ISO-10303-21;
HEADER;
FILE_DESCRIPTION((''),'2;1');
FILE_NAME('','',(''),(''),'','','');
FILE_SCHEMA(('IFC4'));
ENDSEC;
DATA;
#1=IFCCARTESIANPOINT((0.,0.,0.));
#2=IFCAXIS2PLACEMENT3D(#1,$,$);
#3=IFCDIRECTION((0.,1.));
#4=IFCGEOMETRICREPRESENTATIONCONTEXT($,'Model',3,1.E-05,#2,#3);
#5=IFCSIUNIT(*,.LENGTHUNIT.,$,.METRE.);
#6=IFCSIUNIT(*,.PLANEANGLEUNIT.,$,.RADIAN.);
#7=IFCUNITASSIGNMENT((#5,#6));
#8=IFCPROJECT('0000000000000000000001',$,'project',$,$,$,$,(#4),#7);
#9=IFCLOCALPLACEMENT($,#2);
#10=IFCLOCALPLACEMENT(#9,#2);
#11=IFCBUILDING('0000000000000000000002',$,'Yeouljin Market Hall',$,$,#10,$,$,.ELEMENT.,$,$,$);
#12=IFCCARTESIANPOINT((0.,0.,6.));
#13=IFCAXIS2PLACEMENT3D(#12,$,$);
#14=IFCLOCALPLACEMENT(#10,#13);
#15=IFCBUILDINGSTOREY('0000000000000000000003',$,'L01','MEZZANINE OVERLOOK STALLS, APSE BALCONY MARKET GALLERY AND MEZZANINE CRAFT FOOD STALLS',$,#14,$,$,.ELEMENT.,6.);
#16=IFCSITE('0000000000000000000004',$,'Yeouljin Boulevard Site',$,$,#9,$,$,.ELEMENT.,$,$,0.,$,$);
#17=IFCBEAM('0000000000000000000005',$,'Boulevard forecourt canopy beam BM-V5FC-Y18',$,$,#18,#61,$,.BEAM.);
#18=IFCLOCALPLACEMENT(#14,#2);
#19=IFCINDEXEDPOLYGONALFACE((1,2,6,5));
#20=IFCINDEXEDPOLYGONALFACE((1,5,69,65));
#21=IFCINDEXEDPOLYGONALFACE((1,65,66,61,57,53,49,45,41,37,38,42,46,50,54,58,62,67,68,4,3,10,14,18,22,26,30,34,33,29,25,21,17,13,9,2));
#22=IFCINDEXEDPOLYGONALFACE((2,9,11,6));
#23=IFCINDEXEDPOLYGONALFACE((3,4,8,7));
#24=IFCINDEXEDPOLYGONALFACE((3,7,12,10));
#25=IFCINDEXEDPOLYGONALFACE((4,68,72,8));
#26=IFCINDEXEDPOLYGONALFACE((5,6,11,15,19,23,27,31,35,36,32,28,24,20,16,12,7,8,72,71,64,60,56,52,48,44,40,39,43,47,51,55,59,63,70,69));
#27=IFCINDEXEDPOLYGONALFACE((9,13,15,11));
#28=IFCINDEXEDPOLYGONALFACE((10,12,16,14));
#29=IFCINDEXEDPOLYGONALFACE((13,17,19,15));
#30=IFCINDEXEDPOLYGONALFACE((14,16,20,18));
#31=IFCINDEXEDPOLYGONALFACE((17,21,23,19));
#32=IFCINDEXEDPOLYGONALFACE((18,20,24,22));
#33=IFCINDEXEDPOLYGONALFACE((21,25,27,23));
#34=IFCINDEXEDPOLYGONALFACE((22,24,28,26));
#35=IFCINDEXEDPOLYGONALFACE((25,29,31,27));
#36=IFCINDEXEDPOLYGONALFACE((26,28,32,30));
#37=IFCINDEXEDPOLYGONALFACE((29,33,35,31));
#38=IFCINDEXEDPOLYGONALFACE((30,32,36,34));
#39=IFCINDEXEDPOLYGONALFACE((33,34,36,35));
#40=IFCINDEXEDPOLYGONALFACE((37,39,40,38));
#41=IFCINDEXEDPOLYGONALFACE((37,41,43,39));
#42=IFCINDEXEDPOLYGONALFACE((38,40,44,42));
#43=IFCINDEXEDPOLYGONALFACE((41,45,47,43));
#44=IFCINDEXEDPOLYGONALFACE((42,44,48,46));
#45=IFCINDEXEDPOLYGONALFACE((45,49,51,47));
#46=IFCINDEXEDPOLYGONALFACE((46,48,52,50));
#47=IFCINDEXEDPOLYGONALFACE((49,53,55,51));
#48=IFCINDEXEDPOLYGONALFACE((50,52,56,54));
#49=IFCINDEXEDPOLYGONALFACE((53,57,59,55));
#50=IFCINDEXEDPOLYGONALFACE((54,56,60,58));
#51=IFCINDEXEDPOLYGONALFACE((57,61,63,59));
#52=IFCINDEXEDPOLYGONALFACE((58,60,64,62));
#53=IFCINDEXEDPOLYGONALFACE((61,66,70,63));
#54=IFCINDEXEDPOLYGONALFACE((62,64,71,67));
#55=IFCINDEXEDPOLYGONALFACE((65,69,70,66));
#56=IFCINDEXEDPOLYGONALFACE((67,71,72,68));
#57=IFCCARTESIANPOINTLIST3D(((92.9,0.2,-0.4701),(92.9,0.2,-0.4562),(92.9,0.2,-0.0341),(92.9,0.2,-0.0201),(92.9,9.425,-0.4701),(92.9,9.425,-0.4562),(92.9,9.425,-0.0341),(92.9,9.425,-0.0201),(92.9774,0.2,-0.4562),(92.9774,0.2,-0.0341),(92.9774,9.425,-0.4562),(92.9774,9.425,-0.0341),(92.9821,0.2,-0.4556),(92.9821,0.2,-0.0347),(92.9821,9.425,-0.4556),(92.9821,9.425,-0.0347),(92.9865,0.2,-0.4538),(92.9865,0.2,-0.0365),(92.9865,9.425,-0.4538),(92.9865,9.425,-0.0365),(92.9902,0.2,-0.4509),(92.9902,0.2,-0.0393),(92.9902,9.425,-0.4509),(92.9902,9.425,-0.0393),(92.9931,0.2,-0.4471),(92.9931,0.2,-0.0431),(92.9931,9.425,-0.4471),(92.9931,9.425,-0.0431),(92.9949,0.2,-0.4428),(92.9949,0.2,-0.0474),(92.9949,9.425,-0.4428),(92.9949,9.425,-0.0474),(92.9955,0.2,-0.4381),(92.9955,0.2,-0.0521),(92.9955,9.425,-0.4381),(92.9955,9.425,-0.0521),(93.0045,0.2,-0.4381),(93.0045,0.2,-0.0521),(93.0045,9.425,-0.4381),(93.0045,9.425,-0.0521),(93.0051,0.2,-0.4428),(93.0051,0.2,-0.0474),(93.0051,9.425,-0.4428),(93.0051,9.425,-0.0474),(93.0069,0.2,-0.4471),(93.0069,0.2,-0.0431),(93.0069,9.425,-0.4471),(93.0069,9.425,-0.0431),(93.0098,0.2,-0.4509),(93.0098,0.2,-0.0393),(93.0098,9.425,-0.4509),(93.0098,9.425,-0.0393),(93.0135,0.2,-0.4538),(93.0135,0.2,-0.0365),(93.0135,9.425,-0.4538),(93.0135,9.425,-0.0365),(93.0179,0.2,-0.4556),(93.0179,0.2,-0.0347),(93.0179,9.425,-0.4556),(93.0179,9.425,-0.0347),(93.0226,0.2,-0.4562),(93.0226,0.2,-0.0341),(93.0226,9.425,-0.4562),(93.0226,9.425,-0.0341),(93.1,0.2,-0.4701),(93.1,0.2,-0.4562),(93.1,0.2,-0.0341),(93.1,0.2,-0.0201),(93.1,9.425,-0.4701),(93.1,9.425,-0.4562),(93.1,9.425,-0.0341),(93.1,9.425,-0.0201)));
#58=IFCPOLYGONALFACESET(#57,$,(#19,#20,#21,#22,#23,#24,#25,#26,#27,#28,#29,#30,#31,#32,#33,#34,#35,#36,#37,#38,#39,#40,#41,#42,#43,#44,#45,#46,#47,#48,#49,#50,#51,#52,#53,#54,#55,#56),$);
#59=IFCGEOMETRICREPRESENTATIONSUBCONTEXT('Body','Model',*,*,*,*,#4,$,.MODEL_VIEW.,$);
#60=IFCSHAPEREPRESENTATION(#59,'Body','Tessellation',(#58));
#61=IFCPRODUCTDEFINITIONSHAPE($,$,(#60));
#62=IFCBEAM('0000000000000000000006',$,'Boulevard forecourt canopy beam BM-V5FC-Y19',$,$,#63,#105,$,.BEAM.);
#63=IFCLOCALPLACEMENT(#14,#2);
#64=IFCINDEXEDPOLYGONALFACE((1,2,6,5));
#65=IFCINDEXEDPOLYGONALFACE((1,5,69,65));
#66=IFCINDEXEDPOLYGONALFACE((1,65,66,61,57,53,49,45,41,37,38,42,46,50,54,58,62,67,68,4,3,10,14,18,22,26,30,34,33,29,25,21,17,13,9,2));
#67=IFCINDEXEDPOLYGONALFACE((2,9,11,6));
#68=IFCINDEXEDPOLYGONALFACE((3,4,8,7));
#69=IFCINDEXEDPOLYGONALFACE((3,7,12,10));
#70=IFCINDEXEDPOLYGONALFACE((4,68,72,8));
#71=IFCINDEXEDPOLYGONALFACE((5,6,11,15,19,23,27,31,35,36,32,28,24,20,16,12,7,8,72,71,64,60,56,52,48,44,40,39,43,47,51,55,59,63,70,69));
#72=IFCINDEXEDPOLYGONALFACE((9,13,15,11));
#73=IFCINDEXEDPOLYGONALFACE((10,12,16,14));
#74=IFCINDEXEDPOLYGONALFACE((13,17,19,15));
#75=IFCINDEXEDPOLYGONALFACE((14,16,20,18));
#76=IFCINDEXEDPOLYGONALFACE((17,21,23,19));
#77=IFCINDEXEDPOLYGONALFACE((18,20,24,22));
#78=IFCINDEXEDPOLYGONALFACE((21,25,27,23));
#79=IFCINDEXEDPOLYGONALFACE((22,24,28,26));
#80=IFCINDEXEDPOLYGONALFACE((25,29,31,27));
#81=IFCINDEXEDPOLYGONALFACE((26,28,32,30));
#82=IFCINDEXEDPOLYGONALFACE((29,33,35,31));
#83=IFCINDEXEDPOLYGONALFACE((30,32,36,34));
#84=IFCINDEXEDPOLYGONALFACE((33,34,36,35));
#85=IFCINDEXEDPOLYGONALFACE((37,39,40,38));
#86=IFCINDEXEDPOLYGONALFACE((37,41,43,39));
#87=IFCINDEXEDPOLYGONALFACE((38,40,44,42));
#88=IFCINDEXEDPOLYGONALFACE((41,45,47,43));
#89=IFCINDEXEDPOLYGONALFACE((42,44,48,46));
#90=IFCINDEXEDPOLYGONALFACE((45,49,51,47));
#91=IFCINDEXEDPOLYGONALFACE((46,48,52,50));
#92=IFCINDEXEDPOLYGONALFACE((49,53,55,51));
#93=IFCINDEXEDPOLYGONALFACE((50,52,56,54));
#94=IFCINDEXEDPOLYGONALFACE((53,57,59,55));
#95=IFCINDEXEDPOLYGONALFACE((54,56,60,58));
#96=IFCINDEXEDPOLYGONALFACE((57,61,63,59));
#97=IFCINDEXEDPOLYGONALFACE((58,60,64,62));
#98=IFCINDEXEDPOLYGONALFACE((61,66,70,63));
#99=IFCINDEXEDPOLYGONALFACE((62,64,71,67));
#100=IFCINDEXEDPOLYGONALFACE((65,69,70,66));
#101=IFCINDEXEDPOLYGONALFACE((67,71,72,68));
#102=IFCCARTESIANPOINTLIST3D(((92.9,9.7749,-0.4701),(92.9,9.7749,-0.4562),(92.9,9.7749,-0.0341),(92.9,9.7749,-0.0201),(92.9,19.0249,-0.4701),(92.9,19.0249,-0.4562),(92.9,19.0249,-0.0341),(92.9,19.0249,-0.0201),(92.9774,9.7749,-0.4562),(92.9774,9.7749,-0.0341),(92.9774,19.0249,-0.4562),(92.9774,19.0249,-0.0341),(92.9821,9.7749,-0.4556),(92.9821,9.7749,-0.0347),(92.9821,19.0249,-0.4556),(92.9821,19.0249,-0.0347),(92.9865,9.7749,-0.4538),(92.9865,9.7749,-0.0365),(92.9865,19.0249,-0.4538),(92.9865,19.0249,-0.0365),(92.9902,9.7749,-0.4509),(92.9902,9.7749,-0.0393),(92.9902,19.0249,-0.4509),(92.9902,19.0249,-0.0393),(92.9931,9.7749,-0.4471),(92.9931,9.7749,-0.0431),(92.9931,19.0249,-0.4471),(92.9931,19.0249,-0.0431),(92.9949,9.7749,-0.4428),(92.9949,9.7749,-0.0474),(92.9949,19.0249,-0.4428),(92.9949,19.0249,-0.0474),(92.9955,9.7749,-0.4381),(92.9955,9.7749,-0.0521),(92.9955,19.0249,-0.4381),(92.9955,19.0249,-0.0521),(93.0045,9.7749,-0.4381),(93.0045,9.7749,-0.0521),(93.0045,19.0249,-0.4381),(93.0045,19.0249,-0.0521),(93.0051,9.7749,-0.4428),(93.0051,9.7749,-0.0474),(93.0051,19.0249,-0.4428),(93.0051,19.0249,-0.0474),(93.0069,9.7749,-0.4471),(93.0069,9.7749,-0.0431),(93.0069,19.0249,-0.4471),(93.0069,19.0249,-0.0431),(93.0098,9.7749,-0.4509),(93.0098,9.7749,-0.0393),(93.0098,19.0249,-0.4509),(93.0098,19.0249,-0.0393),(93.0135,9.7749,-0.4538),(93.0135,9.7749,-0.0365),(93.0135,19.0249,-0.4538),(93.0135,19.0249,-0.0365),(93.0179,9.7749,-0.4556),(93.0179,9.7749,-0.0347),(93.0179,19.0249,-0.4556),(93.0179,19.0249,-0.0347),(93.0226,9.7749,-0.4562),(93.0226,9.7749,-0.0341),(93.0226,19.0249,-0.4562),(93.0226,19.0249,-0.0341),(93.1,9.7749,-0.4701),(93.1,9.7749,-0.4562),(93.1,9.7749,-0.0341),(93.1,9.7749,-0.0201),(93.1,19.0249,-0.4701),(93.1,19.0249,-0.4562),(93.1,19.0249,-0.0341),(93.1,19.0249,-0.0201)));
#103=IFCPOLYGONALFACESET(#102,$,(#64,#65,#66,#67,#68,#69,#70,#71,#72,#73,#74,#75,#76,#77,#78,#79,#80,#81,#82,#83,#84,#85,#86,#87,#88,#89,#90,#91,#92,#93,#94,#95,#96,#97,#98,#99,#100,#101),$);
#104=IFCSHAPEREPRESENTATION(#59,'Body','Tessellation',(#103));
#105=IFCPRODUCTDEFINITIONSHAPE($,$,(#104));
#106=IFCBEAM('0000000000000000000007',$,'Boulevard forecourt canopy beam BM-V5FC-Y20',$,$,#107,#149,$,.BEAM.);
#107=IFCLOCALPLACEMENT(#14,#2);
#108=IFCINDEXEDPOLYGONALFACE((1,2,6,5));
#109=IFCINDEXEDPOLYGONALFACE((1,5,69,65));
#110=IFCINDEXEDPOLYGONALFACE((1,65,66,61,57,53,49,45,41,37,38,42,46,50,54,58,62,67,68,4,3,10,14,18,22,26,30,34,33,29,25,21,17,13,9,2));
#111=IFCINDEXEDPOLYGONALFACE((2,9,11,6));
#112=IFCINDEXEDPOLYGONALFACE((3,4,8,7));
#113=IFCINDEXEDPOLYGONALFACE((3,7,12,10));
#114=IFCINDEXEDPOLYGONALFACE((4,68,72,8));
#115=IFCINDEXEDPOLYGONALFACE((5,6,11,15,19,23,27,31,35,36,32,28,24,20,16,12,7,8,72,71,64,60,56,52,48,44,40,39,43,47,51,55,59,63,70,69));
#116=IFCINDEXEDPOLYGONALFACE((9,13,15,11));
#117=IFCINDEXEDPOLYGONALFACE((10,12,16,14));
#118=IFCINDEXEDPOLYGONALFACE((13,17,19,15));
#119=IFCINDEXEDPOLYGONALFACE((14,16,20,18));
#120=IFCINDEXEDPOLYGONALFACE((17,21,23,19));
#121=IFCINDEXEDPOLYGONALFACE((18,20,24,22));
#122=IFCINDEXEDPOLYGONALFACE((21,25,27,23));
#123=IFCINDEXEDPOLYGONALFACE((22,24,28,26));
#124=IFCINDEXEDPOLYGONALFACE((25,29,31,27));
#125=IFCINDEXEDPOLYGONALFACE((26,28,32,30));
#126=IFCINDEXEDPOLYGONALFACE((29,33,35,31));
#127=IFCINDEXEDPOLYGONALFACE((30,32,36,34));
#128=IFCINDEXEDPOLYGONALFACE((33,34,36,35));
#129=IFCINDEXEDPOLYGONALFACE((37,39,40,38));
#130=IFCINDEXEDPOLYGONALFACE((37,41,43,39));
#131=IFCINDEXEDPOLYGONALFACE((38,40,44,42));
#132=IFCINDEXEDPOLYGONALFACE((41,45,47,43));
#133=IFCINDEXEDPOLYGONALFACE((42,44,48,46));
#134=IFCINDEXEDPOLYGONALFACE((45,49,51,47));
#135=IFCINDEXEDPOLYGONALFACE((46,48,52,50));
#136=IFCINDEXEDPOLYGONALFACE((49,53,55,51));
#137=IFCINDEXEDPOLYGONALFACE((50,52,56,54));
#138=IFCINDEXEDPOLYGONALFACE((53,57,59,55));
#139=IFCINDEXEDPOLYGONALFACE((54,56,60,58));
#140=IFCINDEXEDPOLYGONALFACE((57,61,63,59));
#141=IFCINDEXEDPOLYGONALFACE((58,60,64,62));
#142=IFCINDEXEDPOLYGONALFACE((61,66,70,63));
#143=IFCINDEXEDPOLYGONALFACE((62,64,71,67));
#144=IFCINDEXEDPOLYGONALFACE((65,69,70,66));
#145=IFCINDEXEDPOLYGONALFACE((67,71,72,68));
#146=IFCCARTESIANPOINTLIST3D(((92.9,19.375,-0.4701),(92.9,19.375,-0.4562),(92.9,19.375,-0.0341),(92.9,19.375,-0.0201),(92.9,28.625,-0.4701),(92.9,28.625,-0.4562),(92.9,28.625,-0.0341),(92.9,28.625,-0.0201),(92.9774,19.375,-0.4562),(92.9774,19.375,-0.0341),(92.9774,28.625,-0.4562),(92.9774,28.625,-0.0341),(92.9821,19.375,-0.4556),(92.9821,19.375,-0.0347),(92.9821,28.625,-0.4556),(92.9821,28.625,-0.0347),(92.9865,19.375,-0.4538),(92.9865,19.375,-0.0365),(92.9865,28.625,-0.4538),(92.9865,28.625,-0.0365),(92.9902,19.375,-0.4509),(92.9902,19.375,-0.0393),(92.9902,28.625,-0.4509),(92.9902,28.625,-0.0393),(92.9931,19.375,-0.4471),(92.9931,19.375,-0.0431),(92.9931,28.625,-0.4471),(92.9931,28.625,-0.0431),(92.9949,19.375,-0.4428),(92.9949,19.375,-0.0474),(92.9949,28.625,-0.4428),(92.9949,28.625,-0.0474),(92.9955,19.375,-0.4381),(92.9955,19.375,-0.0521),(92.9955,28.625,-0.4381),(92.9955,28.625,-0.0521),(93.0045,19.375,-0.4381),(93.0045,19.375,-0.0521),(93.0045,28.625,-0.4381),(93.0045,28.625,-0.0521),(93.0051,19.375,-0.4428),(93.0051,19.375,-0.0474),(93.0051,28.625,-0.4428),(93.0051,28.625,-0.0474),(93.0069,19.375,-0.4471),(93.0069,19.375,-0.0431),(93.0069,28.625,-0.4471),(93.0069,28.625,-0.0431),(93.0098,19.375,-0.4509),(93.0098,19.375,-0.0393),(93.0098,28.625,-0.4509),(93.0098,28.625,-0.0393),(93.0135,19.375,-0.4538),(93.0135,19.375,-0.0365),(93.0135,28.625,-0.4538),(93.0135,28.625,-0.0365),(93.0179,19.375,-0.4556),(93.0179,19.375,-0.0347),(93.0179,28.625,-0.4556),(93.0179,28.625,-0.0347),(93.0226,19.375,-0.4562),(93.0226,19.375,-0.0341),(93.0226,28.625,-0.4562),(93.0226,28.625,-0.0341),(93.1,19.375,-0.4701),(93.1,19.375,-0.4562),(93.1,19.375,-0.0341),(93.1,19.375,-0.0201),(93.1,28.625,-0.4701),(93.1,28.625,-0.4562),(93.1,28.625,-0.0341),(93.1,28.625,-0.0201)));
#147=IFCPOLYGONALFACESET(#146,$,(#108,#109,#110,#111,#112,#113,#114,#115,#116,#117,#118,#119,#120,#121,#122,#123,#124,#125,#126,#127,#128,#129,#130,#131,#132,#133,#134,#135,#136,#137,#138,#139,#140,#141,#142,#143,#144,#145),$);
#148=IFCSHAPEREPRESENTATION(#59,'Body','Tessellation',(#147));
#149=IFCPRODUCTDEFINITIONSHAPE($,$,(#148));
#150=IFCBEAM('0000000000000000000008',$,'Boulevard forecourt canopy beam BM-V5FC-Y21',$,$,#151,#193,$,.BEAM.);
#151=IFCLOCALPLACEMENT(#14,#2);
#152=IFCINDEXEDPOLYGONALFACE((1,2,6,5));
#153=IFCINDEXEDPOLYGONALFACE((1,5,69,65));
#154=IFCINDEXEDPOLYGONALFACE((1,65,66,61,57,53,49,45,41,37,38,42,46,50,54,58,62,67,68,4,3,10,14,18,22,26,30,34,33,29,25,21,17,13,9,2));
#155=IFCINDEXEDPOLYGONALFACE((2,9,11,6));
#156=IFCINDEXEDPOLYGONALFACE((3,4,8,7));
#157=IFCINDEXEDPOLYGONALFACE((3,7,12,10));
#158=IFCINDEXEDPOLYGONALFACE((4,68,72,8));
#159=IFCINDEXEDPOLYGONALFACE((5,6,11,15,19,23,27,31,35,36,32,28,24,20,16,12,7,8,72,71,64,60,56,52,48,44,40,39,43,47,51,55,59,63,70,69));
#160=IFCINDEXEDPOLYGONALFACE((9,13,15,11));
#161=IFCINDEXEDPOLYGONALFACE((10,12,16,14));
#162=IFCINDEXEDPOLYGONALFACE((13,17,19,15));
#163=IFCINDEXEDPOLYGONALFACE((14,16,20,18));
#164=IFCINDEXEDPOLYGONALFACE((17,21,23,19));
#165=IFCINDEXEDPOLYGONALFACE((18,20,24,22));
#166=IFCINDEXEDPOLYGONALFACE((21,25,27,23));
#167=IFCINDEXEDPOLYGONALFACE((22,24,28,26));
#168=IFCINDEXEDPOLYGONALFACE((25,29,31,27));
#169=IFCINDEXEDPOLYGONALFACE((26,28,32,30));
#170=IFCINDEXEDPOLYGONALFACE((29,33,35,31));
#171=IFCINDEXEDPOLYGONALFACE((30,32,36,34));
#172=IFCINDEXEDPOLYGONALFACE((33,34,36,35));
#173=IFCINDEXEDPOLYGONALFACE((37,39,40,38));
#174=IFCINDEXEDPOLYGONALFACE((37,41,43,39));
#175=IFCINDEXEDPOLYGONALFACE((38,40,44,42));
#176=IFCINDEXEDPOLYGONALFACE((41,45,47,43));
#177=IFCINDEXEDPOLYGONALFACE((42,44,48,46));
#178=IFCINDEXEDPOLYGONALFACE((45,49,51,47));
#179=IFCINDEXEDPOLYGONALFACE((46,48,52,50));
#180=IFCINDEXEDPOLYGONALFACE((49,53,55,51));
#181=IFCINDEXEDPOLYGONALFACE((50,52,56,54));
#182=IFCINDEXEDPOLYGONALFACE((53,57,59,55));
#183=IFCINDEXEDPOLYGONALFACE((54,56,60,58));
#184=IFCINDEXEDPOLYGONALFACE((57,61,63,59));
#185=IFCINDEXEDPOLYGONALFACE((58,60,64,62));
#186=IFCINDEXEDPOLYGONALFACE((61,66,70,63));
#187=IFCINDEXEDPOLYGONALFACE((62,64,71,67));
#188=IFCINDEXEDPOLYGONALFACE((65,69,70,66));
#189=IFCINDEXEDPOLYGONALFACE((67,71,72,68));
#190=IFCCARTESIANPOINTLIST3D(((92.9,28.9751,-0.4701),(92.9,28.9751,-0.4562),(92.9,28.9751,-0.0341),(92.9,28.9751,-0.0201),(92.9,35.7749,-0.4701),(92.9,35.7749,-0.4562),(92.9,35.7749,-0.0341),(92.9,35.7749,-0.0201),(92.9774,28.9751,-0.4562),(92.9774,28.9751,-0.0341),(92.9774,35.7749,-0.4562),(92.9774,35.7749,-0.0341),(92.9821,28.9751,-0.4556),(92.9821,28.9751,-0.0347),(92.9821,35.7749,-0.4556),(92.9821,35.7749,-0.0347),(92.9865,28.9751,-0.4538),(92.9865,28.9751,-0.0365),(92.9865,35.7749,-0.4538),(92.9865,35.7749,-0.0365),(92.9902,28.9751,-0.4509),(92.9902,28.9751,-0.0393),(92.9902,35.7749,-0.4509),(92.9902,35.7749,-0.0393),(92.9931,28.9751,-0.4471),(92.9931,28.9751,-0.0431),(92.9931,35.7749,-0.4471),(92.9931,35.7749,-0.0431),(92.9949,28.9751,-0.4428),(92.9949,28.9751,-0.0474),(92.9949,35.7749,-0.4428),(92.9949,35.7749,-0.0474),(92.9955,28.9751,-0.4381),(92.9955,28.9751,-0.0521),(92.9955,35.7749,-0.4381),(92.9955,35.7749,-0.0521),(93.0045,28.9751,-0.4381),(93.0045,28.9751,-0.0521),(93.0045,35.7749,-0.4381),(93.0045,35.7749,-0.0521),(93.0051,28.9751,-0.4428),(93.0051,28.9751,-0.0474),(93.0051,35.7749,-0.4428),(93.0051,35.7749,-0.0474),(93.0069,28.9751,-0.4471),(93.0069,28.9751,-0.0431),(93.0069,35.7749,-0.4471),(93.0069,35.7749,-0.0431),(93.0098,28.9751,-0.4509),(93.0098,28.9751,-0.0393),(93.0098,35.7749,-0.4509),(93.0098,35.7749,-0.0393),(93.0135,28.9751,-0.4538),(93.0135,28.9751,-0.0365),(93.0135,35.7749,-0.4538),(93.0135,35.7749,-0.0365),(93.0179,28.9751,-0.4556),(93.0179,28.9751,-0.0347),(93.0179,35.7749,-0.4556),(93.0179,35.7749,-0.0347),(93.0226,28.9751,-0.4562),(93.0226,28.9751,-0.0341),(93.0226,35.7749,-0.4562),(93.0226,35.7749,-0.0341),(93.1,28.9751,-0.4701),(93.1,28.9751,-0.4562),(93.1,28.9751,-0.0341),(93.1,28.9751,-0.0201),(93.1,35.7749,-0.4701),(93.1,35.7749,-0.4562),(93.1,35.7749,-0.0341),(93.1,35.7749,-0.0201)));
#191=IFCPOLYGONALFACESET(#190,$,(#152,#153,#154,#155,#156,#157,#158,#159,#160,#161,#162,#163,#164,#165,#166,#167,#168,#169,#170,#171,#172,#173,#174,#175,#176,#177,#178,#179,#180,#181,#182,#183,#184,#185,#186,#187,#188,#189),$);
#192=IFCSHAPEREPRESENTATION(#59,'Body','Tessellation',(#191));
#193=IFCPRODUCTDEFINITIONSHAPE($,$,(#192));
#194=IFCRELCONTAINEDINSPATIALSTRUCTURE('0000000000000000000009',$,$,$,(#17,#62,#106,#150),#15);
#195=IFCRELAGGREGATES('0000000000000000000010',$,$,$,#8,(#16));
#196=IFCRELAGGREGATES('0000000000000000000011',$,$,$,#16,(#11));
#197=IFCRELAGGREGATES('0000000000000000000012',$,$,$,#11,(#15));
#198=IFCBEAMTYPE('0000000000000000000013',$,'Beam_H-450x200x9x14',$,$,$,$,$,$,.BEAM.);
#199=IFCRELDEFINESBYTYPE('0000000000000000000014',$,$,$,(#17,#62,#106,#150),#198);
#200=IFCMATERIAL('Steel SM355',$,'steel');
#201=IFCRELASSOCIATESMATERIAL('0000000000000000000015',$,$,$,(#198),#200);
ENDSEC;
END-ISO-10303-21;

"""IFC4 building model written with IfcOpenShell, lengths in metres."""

from ifc_helpers import new_model, si_unit, direction, frame, origin, origin_2d, place, context, subcontext, project, spatial, i_section, extrude, material, material_profile, profile_set, type_object, element, save


model = new_model("IFC4")

# Units and contexts
model_context = context("Model", 3, precision=1e-05, world=origin(), true_north=direction((0.0, 1.0)))
body_context = subcontext(model_context, "Body", "Model", "MODEL_VIEW")
ifc_project = project(units=[si_unit("LENGTHUNIT", "METRE"), si_unit("PLANEANGLEUNIT", "RADIAN")], contexts=[model_context])

# Site, building, storey
site_placement = place(None, origin())
site = spatial("IfcSite", under=ifc_project, at=site_placement, Name="Yeouljin Boulevard Site", CompositionType="ELEMENT", RefElevation=0.0)
building_placement = place(site_placement, origin())
building = spatial("IfcBuilding", under=site, at=building_placement, Name="Yeouljin Market Hall", CompositionType="ELEMENT")
storey_placement = place(building_placement, frame((0.0, 0.0, 6.0)))
storey = spatial("IfcBuildingStorey", under=building, at=storey_placement, Name="L01", Description="MEZZANINE OVERLOOK STALLS, APSE BALCONY MARKET GALLERY AND MEZZANINE CRAFT FOOD STALLS", CompositionType="ELEMENT", Elevation=6.0)

# Beams
ifc_material_1 = material(Name="Steel SM355", Category="steel")
ifc_material_profile_1 = material_profile(ifc_material_1, i_section(OverallWidth=0.2, OverallDepth=0.45, WebThickness=0.009, FlangeThickness=0.0139, FilletRadius=0.0181, at=origin_2d()), Name="H-450x200x9x14")
ifc_profile_set_1 = profile_set([ifc_material_profile_1], Name="Steel SM355")
beam_type_1 = type_object("IfcBeamType", Name="Beam_H-450x200x9x14", PredefinedType="BEAM", material=ifc_profile_set_1)
beam_1_placement = place(storey_placement, frame((93.0, 0.2, -0.2451), z_axis=(0.0, 1.0, 0.0), x_axis=(-1.0, 0.0, 0.0)))
element("IfcBeam", 1, at=beam_1_placement, inside=storey, type_object=beam_type_1, Name="Boulevard forecourt canopy beam BM-V5FC-Y18", PredefinedType="BEAM", context=body_context, shape_type="SweptSolid", body=[
    extrude(i_section(OverallWidth=0.2, OverallDepth=0.45, WebThickness=0.009, FlangeThickness=0.0139, FilletRadius=0.0181, at=origin_2d()), origin(), (0.0, 0.0, 1.0), 9.2251),
])
for number, where, z_axis, x_axis, name in (
    (2, (93.0, 9.7749, -0.2451), (0.0, 1.0, 0.0), (-1.0, 0.0, 0.0), "Boulevard forecourt canopy beam BM-V5FC-Y19"),
    (3, (93.0, 19.375, -0.2451), (0.0, 1.0, 0.0), (-1.0, 0.0, 0.0), "Boulevard forecourt canopy beam BM-V5FC-Y20"),
):
    element("IfcBeam", number, at=place(storey_placement, frame(where, z_axis=z_axis, x_axis=x_axis)), inside=storey, type_object=beam_type_1, Name=name, PredefinedType="BEAM", context=body_context, shape_type="SweptSolid", body=[
        extrude(i_section(OverallWidth=0.2, OverallDepth=0.45, WebThickness=0.009, FlangeThickness=0.0139, FilletRadius=0.0181, at=origin_2d()), origin(), (0.0, 0.0, 1.0), 9.25),
    ])
beam_2_placement = place(storey_placement, frame((93.0, 28.9751, -0.2451), z_axis=(0.0, 1.0, 0.0), x_axis=(-1.0, 0.0, 0.0)))
element("IfcBeam", 4, at=beam_2_placement, inside=storey, type_object=beam_type_1, Name="Boulevard forecourt canopy beam BM-V5FC-Y21", PredefinedType="BEAM", context=body_context, shape_type="SweptSolid", body=[
    extrude(i_section(OverallWidth=0.2, OverallDepth=0.45, WebThickness=0.009, FlangeThickness=0.0139, FilletRadius=0.0181, at=origin_2d()), origin(), (0.0, 0.0, 1.0), 6.7998),
])

save(model, "model.ifc")
